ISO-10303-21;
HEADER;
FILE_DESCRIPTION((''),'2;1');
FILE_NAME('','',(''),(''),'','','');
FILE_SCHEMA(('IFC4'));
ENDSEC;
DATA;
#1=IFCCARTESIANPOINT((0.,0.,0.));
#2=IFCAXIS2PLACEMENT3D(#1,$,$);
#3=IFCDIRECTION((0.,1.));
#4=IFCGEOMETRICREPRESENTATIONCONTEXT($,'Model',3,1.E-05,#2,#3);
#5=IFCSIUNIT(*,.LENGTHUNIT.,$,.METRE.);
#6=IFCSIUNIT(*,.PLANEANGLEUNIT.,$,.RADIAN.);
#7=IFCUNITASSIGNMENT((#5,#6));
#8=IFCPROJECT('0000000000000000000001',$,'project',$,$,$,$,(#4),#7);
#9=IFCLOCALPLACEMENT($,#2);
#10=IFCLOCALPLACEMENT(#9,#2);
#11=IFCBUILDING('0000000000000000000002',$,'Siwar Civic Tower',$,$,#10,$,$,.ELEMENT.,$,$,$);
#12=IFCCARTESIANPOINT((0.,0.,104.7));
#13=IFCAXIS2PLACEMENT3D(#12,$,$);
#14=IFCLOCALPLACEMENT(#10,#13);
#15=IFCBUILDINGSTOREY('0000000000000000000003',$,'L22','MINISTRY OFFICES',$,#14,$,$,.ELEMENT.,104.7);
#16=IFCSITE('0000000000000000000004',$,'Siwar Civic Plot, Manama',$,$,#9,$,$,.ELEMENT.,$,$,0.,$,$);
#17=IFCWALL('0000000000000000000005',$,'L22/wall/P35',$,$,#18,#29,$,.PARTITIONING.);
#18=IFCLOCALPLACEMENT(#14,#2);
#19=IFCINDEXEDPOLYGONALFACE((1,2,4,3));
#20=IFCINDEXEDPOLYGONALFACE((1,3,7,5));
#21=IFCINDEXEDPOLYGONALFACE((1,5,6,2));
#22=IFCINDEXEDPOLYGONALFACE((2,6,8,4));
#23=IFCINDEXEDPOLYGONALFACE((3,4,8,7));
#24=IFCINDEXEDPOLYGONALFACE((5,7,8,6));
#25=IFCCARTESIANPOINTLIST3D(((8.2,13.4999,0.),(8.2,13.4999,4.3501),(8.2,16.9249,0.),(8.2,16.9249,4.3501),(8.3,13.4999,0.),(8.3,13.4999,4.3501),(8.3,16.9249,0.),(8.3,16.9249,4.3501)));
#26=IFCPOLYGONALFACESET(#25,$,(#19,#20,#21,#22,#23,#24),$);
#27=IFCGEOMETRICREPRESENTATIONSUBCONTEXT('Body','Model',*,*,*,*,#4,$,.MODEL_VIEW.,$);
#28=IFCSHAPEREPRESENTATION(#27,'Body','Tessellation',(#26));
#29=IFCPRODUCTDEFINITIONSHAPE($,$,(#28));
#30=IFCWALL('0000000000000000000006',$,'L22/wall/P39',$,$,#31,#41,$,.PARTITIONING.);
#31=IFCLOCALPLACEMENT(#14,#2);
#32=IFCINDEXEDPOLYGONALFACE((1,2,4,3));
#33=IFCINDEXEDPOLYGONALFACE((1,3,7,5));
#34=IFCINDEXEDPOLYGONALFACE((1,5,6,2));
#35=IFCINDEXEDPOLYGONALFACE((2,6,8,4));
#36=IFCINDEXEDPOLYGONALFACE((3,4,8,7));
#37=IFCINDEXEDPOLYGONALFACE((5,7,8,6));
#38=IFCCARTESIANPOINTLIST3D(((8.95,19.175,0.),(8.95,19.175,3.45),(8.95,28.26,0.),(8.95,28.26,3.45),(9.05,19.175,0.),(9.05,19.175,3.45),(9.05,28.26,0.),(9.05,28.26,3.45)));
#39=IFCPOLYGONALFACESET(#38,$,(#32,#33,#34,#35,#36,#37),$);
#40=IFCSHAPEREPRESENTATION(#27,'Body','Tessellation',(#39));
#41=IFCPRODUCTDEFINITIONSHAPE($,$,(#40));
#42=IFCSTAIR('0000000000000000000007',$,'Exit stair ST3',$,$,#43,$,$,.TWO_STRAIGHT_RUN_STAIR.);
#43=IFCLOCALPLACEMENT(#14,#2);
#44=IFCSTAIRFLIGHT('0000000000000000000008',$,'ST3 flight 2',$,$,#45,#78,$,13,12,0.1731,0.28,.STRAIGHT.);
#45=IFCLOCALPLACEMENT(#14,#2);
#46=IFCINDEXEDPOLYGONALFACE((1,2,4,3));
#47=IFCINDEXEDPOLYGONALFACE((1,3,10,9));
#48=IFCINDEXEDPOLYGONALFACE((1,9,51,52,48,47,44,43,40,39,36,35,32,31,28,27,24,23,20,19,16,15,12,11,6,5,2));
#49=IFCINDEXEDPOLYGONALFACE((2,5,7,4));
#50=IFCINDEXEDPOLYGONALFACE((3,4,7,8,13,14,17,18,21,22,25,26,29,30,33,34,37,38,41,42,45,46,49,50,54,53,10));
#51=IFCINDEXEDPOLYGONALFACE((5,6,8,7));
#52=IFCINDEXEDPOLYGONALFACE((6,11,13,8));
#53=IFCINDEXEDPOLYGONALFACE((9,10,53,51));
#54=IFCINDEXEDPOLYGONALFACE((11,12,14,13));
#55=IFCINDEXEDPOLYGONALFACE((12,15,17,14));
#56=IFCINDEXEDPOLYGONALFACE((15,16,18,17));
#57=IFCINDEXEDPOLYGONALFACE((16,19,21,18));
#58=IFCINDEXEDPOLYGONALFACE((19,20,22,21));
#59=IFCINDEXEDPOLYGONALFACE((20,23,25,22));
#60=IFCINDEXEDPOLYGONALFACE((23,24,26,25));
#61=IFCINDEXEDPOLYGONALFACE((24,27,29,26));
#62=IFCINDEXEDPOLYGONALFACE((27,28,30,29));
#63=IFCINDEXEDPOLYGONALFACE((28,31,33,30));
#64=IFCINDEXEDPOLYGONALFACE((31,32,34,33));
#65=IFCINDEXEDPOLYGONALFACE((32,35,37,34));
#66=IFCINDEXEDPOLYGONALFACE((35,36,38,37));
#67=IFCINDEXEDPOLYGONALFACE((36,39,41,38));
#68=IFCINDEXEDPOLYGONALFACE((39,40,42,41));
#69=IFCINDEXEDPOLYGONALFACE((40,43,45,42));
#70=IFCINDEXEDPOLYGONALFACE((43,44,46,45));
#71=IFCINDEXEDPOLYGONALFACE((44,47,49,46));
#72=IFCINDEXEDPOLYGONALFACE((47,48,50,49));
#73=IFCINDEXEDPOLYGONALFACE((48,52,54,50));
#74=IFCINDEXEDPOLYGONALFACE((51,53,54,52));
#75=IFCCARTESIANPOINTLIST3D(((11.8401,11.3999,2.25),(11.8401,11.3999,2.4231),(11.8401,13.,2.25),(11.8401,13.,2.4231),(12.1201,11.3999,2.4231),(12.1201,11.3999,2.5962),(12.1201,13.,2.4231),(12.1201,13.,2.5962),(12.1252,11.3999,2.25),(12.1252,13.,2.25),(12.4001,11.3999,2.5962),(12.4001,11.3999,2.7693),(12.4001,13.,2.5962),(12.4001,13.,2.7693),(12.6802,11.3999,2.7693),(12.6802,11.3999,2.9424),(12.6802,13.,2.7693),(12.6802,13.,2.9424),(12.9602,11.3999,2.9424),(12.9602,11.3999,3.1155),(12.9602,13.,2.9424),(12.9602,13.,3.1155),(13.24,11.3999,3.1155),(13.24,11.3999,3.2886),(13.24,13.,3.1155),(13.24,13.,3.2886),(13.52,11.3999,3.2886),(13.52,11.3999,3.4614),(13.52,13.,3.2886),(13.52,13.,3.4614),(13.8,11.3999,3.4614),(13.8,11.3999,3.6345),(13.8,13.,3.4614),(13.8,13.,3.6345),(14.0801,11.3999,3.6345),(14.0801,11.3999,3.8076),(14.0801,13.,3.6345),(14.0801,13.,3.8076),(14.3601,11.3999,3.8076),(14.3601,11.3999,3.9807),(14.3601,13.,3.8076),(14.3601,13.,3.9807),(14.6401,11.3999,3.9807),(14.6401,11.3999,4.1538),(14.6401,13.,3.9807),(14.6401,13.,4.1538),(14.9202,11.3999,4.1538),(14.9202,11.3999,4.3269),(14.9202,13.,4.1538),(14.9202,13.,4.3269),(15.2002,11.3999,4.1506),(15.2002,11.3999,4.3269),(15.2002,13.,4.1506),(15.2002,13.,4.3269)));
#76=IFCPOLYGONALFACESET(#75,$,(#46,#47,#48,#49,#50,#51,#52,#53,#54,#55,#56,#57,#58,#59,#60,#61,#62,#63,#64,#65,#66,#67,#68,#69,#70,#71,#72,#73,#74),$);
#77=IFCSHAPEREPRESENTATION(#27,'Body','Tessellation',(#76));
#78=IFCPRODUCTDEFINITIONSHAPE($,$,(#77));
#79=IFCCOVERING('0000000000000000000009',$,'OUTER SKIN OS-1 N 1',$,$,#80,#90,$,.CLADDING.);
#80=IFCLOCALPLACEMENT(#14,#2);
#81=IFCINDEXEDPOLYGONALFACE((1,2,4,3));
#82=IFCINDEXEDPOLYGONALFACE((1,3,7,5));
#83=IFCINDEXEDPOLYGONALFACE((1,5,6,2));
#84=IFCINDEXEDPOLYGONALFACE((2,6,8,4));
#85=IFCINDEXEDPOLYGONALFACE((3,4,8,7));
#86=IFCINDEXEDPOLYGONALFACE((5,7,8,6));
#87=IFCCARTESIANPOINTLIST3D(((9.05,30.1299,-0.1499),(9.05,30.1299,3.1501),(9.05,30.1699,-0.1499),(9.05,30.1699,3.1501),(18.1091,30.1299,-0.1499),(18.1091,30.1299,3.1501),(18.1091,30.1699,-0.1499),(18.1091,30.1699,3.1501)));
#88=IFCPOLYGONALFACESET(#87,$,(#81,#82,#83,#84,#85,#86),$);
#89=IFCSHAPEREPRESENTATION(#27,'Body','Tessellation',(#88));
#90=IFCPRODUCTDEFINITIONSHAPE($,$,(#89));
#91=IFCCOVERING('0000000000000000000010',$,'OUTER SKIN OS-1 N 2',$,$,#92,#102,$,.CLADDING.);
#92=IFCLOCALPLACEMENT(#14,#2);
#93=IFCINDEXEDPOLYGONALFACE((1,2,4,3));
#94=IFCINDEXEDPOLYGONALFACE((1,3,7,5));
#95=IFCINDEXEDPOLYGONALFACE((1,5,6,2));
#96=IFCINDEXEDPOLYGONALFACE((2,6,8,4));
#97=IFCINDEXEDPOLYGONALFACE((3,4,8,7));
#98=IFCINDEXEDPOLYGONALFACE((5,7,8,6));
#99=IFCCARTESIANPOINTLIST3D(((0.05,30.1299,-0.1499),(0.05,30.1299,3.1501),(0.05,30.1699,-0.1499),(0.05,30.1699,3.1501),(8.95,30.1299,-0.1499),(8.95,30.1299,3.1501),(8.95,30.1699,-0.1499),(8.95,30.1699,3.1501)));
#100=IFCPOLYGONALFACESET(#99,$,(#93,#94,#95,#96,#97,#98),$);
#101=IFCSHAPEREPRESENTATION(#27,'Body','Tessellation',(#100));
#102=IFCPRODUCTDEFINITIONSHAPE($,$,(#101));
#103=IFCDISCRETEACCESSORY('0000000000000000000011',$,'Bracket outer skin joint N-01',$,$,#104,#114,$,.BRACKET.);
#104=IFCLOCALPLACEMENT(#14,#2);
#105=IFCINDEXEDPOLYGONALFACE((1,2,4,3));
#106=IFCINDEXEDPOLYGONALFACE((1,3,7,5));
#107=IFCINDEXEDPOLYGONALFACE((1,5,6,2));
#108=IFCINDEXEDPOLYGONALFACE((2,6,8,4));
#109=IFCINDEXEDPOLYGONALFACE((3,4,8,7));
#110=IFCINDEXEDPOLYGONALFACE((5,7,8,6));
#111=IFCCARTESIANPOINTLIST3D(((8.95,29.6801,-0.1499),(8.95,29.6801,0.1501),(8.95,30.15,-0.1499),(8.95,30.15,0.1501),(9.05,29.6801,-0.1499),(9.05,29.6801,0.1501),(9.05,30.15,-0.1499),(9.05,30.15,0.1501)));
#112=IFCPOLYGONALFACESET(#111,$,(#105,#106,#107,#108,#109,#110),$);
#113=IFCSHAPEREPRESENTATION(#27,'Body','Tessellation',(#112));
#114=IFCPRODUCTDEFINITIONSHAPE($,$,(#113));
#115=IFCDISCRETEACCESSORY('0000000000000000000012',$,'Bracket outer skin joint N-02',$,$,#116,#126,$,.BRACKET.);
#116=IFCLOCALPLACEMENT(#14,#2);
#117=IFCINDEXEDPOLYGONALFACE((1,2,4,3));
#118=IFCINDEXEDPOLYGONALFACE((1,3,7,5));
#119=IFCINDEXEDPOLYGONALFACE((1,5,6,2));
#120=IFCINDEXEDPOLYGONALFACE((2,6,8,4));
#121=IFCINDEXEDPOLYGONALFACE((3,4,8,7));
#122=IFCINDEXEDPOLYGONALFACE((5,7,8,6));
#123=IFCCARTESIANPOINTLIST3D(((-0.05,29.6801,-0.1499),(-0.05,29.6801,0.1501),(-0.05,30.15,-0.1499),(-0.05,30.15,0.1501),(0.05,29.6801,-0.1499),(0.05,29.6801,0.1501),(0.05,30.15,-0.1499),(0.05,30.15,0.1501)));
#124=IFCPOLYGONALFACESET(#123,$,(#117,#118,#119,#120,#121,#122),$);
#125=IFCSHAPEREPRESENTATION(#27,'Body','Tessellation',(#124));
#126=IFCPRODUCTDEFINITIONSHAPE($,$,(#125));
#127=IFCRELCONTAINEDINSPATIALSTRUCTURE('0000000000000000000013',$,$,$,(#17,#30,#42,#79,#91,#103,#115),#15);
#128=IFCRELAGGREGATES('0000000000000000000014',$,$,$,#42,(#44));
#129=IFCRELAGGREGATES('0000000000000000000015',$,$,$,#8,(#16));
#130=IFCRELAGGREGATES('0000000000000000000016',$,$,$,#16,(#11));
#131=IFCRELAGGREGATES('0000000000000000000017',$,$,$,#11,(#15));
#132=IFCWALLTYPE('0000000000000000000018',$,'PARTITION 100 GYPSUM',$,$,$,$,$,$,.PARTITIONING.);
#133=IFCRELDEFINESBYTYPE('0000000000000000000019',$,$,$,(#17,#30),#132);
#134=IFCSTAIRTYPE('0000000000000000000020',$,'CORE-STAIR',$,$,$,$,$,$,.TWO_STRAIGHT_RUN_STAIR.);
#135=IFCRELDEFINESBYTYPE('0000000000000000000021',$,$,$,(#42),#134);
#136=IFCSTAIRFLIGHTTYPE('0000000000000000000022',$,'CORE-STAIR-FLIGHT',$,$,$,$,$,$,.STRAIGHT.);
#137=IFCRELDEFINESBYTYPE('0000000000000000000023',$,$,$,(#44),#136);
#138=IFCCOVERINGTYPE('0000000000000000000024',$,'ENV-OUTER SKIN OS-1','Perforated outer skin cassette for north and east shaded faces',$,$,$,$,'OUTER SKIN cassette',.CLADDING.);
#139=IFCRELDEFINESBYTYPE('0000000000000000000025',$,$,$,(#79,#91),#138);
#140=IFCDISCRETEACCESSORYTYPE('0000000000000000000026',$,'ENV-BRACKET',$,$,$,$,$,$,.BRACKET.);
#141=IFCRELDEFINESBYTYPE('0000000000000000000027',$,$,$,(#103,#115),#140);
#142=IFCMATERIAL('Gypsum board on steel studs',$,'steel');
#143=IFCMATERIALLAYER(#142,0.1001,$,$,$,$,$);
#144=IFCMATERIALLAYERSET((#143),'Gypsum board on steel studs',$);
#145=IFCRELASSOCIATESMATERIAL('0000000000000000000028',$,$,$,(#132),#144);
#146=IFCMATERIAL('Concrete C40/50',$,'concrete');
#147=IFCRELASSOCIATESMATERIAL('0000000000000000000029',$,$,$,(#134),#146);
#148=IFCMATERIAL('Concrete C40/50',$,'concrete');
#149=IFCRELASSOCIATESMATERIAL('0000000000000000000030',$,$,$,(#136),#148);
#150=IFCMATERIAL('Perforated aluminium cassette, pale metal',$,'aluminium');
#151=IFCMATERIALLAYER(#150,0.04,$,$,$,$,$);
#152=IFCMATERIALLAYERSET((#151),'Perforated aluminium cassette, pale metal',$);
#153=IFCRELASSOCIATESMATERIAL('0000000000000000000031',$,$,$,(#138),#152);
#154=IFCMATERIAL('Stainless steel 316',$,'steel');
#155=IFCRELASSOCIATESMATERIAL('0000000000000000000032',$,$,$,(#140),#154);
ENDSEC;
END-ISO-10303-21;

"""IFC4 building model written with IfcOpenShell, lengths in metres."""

from ifc_helpers import new_model, si_unit, direction, frame, frame_2d, origin, origin_2d, place, context, subcontext, project, spatial, polyline, rectangle, outline, extrude, material, layer, layer_set, type_object, element, aggregate, save


model = new_model("IFC4")

# Units and contexts
model_context = context("Model", 3, precision=1e-05, world=origin(), true_north=direction((0.0, 1.0)))
body_context = subcontext(model_context, "Body", "Model", "MODEL_VIEW")
ifc_project = project(units=[si_unit("LENGTHUNIT", "METRE"), si_unit("PLANEANGLEUNIT", "RADIAN")], contexts=[model_context])

# Site, building, storey
site_placement = place(None, origin())
site = spatial("IfcSite", under=ifc_project, at=site_placement, Name="Siwar Civic Plot, Manama", CompositionType="ELEMENT", RefElevation=0.0)
building_placement = place(site_placement, origin())
building = spatial("IfcBuilding", under=site, at=building_placement, Name="Siwar Civic Tower", CompositionType="ELEMENT")
storey_placement = place(building_placement, frame((0.0, 0.0, 104.7)))
storey = spatial("IfcBuildingStorey", under=building, at=storey_placement, Name="L22", Description="MINISTRY OFFICES", CompositionType="ELEMENT", Elevation=104.7)

# Shared definitions
ifc_material_1 = material(Name="Gypsum board on steel studs", Category="steel")
ifc_layer_1 = layer(ifc_material_1, 0.1001)
ifc_layer_set_1 = layer_set([ifc_layer_1], Name="Gypsum board on steel studs")
wall_type_1 = type_object("IfcWallType", Name="PARTITION 100 GYPSUM", PredefinedType="PARTITIONING", material=ifc_layer_set_1)

# Walls
wall_1_placement = place(storey_placement, frame((8.25, 13.5, 0.0), z_axis=(0.0, 0.0, 1.0), x_axis=(0.0, 1.0, 0.0)))
element("IfcWall", 1, at=wall_1_placement, inside=storey, type_object=wall_type_1, Name="L22/wall/P35", PredefinedType="PARTITIONING", context=body_context, shape_type="SweptSolid", body=[
    extrude(rectangle(XDim=3.425, YDim=0.1001, at=frame_2d((1.7124, 0.0))), origin(), (0.0, 0.0, 1.0), 4.3501),
])
wall_2_placement = place(storey_placement, frame((9.0, 19.175, 0.0), z_axis=(0.0, 0.0, 1.0), x_axis=(0.0, 1.0, 0.0)))
element("IfcWall", 2, at=wall_2_placement, inside=storey, type_object=wall_type_1, Name="L22/wall/P39", PredefinedType="PARTITIONING", context=body_context, shape_type="SweptSolid", body=[
    extrude(rectangle(XDim=9.085, YDim=0.1001, at=frame_2d((4.5425, 0.0))), origin(), (0.0, 0.0, 1.0), 3.45),
])

# Stair, stair flight
ifc_material_2 = material(Name="Concrete C40/50", Category="concrete")
stair_type = type_object("IfcStairType", Name="CORE-STAIR", PredefinedType="TWO_STRAIGHT_RUN_STAIR", material=ifc_material_2)
stair_placement = place(storey_placement, origin())
stair = element("IfcStair", 3, at=stair_placement, inside=storey, type_object=stair_type, Name="Exit stair ST3", PredefinedType="TWO_STRAIGHT_RUN_STAIR")
ifc_material_3 = material(Name="Concrete C40/50", Category="concrete")
stair_flight_type = type_object("IfcStairFlightType", Name="CORE-STAIR-FLIGHT", PredefinedType="STRAIGHT", material=ifc_material_3)
stair_flight_placement = place(storey_placement, frame((11.8401, 12.2, 2.25), z_axis=(0.0, 0.0, 1.0), x_axis=(1.0, 0.0, 0.0)))
stair_flight = element("IfcStairFlight", 4, at=stair_flight_placement, type_object=stair_flight_type, Name="ST3 flight 2", NumberOfRisers=13, NumberOfTreads=12, PredefinedType="STRAIGHT", RiserHeight=0.1731, TreadLength=0.28, context=body_context, shape_type="SweptSolid", body=[
    extrude(outline(polyline([(0.0, 0.0), (0.0, 0.1731), (0.28, 0.1731), (0.28, 0.3462), (0.5601, 0.3462), (0.5601, 0.5193), (0.8401, 0.5193), (0.8401, 0.6924), (1.1201, 0.6924), (1.1201, 0.8655), (1.3999, 0.8655), (1.3999, 1.0386), (1.6799, 1.0386), (1.6799, 1.2114), (1.96, 1.2114), (1.96, 1.3845), (2.24, 1.3845), (2.24, 1.5576), (2.52, 1.5576), (2.52, 1.7307), (2.8, 1.7307), (2.8, 1.9038), (3.0801, 1.9038), (3.0801, 2.0769), (3.3601, 2.0769), (3.3601, 2.25), (3.3601, 1.9006), (0.2852, 0.0), (0.0, 0.0)])), frame((0.0, 0.8, 0.0), z_axis=(0.0, -1.0, 0.0), x_axis=(1.0, 0.0, 0.0)), (0.0, 0.0, 1.0), 1.6001),
])
aggregate(stair, [stair_flight])

# Coverings
ifc_material_4 = material(Name="Perforated aluminium cassette, pale metal", Category="aluminium")
ifc_layer_2 = layer(ifc_material_4, 0.04)
ifc_layer_set_2 = layer_set([ifc_layer_2], Name="Perforated aluminium cassette, pale metal")
covering_type = type_object("IfcCoveringType", Name="ENV-OUTER SKIN OS-1", Description="Perforated outer skin cassette for north and east shaded faces", ElementType="OUTER SKIN cassette", PredefinedType="CLADDING", material=ifc_layer_set_2)
covering_1_placement = place(storey_placement, frame((13.5796, 30.1499, -0.1499), z_axis=(0.0, 0.0, 1.0), x_axis=(-1.0, 0.0, 0.0)))
element("IfcCovering", 5, at=covering_1_placement, inside=storey, type_object=covering_type, Name="OUTER SKIN OS-1 N 1", PredefinedType="CLADDING", context=body_context, shape_type="SweptSolid", body=[
    extrude(rectangle(XDim=9.0591, YDim=0.04, at=origin_2d()), origin(), (0.0, 0.0, 1.0), 3.3),
])
covering_2_placement = place(storey_placement, frame((4.5, 30.1499, -0.1499), z_axis=(0.0, 0.0, 1.0), x_axis=(-1.0, 0.0, 0.0)))
element("IfcCovering", 6, at=covering_2_placement, inside=storey, type_object=covering_type, Name="OUTER SKIN OS-1 N 2", PredefinedType="CLADDING", context=body_context, shape_type="SweptSolid", body=[
    extrude(rectangle(XDim=8.8999, YDim=0.04, at=origin_2d()), origin(), (0.0, 0.0, 1.0), 3.3),
])

# Discrete accessories
ifc_material_5 = material(Name="Stainless steel 316", Category="steel")
discrete_accessory_type = type_object("IfcDiscreteAccessoryType", Name="ENV-BRACKET", PredefinedType="BRACKET", material=ifc_material_5)
for number, where, z_axis, x_axis, name in (
    (7, (9.0, 29.915, -0.1499), (0.0, 0.0, 1.0), (0.0, 1.0, 0.0), "Bracket outer skin joint N-01"),
    (8, (0.0, 29.915, -0.1499), (0.0, 0.0, 1.0), (0.0, 1.0, 0.0), "Bracket outer skin joint N-02"),
):
    element("IfcDiscreteAccessory", number, at=place(storey_placement, frame(where, z_axis=z_axis, x_axis=x_axis)), inside=storey, type_object=discrete_accessory_type, Name=name, PredefinedType="BRACKET", context=body_context, shape_type="SweptSolid", body=[
        extrude(rectangle(XDim=0.47, YDim=0.1001, at=origin_2d()), origin(), (0.0, 0.0, 1.0), 0.3),
    ])

save(model, "model.ifc")
